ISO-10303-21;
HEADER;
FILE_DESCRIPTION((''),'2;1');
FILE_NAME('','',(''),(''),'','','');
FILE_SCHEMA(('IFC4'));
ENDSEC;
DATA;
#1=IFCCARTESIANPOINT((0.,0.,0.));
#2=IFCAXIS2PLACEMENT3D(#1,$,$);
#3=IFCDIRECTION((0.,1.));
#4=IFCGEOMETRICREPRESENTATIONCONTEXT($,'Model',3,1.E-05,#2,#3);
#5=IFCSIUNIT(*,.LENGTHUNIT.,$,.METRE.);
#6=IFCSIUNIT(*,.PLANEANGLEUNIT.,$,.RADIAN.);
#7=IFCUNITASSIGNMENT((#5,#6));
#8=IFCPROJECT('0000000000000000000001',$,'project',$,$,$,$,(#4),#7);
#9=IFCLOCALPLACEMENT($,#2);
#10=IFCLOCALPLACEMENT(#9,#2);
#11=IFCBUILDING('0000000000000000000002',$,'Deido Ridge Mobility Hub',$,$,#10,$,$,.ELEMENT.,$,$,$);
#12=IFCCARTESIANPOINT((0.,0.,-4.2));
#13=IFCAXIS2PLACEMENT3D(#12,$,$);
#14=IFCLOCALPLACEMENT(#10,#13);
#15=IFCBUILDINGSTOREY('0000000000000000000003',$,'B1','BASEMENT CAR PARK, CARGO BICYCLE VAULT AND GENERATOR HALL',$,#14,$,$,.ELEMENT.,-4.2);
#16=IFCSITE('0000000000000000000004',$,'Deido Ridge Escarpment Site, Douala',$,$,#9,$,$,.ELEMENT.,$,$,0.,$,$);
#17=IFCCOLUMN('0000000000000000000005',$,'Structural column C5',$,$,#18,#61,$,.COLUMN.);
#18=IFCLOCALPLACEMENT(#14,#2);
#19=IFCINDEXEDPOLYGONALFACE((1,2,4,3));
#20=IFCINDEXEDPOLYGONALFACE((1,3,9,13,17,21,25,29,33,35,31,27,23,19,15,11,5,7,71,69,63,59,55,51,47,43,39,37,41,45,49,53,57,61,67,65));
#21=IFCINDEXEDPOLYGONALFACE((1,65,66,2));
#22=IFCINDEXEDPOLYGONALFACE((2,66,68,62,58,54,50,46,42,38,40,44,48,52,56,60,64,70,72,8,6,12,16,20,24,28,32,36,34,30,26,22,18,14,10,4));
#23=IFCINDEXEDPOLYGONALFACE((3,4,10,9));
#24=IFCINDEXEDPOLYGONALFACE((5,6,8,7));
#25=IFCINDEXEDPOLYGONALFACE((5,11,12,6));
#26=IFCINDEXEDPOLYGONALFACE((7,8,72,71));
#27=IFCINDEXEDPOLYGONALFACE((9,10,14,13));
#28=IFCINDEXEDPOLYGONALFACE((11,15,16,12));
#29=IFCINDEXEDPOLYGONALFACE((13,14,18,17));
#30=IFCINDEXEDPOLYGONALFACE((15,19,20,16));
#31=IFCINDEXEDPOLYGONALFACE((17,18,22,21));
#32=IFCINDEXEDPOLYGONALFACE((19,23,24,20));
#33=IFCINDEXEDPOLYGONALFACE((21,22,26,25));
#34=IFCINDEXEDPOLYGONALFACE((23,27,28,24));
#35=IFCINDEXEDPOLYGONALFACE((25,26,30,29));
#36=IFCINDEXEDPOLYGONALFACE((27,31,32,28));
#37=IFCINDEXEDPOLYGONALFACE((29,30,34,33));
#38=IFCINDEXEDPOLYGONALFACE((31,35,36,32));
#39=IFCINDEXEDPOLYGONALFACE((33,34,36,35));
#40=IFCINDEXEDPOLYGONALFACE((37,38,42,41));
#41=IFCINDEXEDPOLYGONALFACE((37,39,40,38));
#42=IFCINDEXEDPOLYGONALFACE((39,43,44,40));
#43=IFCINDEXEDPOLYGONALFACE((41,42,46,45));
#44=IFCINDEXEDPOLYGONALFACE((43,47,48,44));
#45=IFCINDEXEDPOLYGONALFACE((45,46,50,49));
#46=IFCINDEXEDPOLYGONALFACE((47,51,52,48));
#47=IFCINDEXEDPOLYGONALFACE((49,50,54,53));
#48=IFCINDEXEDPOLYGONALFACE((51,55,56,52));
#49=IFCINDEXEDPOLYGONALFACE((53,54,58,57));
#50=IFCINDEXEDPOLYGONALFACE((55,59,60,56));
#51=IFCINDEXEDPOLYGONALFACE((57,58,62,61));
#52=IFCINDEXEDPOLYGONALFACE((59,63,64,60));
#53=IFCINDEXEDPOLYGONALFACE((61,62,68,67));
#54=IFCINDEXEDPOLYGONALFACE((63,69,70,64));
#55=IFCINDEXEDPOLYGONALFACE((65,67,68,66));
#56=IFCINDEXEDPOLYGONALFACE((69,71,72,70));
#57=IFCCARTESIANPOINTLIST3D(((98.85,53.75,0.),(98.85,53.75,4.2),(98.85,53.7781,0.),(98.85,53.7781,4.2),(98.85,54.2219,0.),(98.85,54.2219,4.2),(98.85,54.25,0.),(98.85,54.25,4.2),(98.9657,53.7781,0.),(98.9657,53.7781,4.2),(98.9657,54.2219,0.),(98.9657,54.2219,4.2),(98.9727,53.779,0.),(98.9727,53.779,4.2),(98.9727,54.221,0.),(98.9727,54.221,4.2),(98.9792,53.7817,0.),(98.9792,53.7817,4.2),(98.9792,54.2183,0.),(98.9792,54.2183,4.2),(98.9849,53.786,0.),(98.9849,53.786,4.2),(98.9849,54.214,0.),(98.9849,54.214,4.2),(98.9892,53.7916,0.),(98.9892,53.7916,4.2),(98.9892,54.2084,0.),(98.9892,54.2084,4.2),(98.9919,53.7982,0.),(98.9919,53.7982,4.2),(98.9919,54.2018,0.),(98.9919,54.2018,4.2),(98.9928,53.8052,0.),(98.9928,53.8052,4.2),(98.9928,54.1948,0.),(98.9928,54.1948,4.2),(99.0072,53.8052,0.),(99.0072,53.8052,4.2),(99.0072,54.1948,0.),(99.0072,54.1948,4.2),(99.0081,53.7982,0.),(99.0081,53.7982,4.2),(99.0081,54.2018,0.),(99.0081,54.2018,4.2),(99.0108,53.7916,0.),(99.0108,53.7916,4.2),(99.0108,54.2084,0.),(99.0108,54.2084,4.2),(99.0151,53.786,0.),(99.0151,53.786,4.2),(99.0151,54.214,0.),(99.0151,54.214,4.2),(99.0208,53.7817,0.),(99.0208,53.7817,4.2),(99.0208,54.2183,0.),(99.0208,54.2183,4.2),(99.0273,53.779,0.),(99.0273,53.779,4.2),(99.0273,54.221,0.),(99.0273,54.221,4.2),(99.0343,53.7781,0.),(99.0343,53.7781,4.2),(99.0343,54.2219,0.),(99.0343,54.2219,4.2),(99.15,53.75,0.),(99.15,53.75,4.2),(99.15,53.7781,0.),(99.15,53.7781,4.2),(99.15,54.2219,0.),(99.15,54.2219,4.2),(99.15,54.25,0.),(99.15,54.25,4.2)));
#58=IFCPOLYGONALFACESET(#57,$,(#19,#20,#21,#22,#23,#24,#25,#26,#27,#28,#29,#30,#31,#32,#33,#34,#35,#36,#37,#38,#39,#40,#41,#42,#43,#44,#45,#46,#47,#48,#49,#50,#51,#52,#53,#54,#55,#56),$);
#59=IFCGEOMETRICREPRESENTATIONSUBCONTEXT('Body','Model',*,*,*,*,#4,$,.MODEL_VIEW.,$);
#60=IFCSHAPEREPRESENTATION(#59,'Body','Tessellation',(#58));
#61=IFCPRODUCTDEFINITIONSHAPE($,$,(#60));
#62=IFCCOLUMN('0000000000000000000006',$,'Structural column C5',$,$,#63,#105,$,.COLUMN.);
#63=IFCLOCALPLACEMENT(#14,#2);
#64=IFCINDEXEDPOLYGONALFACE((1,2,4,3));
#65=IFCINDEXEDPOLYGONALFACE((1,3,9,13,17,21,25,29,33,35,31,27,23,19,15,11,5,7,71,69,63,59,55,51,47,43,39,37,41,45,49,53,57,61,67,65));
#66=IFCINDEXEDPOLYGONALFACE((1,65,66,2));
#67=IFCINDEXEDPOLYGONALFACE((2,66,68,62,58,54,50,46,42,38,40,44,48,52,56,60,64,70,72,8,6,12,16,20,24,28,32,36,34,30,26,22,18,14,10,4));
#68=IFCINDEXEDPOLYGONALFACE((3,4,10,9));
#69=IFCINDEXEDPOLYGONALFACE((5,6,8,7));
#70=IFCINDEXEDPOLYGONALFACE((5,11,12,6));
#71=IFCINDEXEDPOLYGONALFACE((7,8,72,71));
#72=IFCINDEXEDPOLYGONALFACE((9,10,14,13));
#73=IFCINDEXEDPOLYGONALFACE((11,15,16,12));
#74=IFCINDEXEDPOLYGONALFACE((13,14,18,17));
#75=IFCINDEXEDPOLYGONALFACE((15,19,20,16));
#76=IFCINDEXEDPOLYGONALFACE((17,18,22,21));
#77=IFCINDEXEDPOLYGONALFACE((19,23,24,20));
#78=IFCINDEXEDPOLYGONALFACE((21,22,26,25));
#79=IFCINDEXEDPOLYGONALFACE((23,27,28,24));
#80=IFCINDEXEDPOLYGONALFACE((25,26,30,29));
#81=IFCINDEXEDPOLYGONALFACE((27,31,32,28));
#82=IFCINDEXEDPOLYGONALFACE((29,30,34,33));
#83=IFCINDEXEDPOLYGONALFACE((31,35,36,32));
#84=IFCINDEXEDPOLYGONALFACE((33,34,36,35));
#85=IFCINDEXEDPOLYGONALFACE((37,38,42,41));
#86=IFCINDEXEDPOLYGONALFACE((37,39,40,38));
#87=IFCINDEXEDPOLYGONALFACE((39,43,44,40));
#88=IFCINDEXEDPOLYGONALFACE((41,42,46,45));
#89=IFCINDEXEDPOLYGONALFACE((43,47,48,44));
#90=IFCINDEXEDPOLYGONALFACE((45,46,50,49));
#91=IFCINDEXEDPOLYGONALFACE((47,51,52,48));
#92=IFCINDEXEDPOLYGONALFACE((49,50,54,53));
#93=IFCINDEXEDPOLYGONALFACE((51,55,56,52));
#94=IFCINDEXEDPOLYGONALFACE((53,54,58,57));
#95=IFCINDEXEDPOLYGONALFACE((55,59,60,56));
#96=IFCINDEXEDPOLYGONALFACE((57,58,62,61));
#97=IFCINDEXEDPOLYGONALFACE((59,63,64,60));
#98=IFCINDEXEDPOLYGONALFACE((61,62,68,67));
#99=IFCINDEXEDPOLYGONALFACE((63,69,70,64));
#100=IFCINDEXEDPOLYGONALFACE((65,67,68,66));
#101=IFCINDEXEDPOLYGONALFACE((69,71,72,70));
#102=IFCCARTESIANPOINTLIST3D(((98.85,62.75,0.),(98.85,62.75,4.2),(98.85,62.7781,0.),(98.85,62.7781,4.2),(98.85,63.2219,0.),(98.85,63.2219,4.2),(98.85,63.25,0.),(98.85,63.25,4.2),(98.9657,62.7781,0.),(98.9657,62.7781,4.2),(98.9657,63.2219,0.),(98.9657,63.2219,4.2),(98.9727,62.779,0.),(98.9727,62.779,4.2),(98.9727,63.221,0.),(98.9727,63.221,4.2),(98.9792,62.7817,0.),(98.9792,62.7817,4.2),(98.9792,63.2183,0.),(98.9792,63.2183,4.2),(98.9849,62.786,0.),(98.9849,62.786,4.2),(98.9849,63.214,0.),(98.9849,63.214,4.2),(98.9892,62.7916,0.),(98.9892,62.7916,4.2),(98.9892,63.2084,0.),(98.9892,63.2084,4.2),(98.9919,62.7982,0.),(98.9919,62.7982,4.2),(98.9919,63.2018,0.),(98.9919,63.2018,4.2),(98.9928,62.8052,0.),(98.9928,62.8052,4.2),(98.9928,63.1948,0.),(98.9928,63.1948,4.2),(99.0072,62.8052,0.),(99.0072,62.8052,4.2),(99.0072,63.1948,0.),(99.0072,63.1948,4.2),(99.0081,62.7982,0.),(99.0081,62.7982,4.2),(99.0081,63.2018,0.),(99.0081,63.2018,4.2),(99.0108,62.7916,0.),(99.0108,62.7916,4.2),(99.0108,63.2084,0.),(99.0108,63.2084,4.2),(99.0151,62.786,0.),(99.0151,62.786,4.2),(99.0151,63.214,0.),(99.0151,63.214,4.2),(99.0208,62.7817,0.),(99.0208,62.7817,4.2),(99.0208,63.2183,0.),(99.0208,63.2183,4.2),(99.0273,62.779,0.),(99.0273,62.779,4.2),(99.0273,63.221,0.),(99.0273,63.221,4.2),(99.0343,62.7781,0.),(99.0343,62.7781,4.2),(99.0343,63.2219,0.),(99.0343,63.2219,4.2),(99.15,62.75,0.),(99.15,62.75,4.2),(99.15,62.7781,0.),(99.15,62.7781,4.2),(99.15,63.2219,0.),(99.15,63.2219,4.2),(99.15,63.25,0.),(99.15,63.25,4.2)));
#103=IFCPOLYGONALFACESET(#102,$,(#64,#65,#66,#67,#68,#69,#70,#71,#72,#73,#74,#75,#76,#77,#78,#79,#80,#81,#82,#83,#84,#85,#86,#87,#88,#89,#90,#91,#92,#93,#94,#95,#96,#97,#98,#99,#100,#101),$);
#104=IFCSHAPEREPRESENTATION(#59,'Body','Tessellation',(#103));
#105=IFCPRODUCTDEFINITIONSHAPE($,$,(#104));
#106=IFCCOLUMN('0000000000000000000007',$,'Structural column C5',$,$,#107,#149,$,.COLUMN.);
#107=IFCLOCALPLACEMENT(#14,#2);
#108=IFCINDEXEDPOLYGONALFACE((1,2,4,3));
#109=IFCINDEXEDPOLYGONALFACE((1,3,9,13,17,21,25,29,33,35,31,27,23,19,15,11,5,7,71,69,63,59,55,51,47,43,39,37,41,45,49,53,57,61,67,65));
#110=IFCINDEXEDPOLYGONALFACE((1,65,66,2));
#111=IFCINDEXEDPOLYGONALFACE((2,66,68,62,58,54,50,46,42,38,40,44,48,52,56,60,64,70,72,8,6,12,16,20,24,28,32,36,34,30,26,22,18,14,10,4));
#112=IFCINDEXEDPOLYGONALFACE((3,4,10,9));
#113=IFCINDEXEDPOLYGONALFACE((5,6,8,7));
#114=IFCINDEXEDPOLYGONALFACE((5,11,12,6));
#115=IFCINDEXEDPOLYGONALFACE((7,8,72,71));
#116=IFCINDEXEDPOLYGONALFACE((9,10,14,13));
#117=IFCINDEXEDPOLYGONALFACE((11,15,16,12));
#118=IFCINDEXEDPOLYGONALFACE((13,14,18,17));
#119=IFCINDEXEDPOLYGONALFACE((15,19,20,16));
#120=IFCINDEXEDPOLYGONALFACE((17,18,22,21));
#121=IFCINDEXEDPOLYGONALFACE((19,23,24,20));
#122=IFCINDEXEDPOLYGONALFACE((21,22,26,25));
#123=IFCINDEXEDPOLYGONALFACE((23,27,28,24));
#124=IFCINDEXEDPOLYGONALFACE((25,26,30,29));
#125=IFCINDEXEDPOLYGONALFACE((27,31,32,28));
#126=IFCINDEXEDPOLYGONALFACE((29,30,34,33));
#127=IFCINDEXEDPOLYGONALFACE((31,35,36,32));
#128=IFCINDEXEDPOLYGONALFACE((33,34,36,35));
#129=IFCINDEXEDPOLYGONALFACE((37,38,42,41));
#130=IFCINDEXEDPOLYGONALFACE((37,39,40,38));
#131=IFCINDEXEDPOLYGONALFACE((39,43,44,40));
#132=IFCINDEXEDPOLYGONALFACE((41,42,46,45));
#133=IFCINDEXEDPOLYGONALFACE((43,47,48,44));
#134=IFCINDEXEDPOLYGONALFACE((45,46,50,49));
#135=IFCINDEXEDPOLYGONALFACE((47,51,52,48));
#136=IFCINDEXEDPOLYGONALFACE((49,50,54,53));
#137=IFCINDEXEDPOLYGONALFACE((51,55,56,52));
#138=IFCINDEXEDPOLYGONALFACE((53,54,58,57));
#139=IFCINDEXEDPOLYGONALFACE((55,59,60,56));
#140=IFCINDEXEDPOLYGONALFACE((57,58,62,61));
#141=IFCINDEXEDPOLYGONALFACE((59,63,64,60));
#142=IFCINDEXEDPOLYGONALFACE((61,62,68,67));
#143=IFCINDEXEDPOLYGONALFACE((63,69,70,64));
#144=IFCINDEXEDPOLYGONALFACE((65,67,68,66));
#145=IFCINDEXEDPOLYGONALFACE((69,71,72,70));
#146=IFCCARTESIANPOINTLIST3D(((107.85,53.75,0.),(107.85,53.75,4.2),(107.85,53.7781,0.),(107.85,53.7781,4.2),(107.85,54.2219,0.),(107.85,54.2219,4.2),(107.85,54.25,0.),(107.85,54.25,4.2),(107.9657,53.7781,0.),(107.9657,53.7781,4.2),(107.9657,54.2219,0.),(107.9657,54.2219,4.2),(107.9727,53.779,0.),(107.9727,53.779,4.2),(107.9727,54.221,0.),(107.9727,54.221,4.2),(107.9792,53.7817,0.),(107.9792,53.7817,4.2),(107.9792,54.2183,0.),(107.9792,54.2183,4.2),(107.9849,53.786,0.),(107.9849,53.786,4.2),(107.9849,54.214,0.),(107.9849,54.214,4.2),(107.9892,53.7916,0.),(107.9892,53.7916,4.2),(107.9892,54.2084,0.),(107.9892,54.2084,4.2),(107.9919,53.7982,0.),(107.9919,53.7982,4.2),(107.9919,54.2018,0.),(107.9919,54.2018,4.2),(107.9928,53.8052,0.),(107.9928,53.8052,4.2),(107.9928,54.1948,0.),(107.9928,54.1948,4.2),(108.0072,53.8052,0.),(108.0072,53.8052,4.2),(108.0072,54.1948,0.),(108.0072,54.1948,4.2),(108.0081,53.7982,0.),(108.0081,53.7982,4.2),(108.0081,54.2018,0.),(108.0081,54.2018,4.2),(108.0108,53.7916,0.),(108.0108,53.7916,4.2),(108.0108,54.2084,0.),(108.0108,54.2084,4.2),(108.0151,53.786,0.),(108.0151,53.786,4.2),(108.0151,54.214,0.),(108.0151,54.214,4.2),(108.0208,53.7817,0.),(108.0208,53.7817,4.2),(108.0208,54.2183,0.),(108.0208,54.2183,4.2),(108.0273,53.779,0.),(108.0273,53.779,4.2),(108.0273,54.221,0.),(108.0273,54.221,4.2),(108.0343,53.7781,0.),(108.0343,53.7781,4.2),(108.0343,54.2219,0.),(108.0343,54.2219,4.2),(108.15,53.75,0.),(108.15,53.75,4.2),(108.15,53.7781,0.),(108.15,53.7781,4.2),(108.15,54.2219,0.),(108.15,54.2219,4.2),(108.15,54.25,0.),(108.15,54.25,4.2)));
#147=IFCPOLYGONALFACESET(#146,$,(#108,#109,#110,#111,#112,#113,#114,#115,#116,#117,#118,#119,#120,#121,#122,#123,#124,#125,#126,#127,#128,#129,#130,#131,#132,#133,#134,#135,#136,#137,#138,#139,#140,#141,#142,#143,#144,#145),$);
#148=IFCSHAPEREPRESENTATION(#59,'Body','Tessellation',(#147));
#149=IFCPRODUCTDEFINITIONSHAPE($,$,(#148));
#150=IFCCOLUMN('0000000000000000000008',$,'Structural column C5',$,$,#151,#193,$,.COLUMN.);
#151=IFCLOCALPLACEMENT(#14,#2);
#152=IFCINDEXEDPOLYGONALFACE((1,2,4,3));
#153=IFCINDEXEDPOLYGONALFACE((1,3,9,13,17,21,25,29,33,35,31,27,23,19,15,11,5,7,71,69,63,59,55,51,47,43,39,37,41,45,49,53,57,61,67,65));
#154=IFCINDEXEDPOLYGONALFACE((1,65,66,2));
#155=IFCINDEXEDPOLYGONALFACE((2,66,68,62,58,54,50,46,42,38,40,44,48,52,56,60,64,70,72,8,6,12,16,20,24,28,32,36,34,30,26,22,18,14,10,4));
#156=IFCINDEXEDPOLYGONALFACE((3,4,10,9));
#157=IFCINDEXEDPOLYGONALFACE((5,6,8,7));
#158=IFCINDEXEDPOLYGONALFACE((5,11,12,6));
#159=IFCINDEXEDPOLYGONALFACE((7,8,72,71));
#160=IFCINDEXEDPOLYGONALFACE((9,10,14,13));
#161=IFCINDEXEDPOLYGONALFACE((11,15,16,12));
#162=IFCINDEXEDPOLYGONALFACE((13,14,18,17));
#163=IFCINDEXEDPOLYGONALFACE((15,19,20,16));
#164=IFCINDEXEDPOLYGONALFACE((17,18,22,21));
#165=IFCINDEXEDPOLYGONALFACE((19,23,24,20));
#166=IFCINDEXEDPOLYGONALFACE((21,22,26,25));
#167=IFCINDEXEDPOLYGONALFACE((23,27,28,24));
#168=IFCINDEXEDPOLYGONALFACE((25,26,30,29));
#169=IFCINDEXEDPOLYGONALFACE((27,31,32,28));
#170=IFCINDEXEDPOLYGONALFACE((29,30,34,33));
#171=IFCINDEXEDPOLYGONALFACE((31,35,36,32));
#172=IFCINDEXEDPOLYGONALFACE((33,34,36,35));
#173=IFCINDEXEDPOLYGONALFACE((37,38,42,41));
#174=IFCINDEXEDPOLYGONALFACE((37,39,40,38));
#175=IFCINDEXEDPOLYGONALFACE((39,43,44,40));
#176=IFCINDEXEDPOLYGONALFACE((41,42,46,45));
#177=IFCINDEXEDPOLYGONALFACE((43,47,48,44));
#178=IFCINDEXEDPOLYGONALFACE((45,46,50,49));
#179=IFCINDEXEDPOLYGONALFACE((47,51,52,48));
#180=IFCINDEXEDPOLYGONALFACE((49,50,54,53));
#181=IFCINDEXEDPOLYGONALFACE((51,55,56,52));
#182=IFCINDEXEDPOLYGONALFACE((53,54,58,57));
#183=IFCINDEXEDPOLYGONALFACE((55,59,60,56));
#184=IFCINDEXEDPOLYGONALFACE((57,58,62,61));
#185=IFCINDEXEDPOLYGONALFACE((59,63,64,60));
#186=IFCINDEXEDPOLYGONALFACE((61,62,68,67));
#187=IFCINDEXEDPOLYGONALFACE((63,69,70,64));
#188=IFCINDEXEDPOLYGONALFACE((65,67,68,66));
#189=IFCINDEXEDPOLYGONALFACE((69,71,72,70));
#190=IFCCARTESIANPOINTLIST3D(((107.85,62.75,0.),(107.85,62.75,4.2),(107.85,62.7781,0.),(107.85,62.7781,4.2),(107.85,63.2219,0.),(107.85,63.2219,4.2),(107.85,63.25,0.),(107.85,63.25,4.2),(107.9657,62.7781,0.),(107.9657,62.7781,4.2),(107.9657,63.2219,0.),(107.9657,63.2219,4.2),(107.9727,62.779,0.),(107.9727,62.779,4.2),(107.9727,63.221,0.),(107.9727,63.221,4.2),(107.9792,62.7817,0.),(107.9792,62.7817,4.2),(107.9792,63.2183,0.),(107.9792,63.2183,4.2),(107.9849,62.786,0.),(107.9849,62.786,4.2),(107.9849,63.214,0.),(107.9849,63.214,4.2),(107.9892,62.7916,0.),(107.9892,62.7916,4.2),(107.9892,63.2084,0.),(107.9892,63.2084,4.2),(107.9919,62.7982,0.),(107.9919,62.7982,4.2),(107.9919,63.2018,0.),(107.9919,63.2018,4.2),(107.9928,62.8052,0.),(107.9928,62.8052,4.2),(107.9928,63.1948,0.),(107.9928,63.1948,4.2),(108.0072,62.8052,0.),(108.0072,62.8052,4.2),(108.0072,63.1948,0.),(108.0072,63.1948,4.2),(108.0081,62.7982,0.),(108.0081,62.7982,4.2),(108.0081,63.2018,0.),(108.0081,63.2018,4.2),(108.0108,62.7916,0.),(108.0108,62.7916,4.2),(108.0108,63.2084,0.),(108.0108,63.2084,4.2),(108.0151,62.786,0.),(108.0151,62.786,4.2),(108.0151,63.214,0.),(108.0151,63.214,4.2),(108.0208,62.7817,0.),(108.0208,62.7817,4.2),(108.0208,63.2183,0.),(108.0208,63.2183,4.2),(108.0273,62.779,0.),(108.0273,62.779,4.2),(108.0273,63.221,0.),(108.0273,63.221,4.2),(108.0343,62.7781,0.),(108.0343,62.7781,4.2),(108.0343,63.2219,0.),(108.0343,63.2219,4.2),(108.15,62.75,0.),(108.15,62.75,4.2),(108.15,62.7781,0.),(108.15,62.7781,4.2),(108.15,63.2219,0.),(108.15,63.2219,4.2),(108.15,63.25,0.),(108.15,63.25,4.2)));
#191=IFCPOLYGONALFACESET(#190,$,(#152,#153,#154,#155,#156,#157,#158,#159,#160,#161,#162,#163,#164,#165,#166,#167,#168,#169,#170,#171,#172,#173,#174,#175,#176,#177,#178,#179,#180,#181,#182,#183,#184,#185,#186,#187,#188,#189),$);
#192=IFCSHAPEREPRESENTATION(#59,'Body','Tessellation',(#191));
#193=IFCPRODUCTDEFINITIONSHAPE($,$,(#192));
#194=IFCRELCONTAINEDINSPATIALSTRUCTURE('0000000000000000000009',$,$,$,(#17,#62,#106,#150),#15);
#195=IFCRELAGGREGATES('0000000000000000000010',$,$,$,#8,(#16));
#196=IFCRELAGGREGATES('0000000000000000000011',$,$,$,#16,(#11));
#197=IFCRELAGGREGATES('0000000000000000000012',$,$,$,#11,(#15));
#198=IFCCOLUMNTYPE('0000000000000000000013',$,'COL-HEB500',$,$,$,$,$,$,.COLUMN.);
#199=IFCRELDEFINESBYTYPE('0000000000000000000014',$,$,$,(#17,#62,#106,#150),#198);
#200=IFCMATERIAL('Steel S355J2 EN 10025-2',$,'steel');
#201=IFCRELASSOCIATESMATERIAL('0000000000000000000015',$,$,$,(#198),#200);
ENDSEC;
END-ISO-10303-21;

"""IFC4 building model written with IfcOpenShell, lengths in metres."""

from ifc_helpers import new_model, si_unit, direction, frame, origin, origin_2d, place, context, subcontext, project, spatial, i_section, extrude, material, material_profile, profile_set, type_object, element, save


model = new_model("IFC4")

# Units and contexts
model_context = context("Model", 3, precision=1e-05, world=origin(), true_north=direction((0.0, 1.0)))
body_context = subcontext(model_context, "Body", "Model", "MODEL_VIEW")
ifc_project = project(units=[si_unit("LENGTHUNIT", "METRE"), si_unit("PLANEANGLEUNIT", "RADIAN")], contexts=[model_context])

# Site, building, storey
site_placement = place(None, origin())
site = spatial("IfcSite", under=ifc_project, at=site_placement, Name="Deido Ridge Escarpment Site, Douala", CompositionType="ELEMENT", RefElevation=0.0)
building_placement = place(site_placement, origin())
building = spatial("IfcBuilding", under=site, at=building_placement, Name="Deido Ridge Mobility Hub", CompositionType="ELEMENT")
storey_placement = place(building_placement, frame((0.0, 0.0, -4.2)))
storey = spatial("IfcBuildingStorey", under=building, at=storey_placement, Name="B1", Description="BASEMENT CAR PARK, CARGO BICYCLE VAULT AND GENERATOR HALL", CompositionType="ELEMENT", Elevation=-4.2)

# Columns
ifc_material_1 = material(Name="Steel S355J2 EN 10025-2", Category="steel")
ifc_material_profile_1 = material_profile(ifc_material_1, i_section(OverallWidth=0.3, OverallDepth=0.5, WebThickness=0.0144, FlangeThickness=0.0281, FilletRadius=0.0271, at=origin_2d()), Name="HEB 500")
ifc_profile_set_1 = profile_set([ifc_material_profile_1], Name="Steel S355J2 EN 10025-2")
column_type = type_object("IfcColumnType", Name="COL-HEB500", PredefinedType="COLUMN", material=ifc_profile_set_1)
for number, where, z_axis, x_axis, name in (
    (1, (99.0, 54.0, 0.0), (0.0, 0.0, 1.0), (1.0, 0.0, 0.0), "Structural column C5"),
    (2, (99.0, 63.0, 0.0), (0.0, 0.0, 1.0), (1.0, 0.0, 0.0), "Structural column C5"),
    (3, (108.0, 54.0, 0.0), (0.0, 0.0, 1.0), (1.0, 0.0, 0.0), "Structural column C5"),
    (4, (108.0, 63.0, 0.0), (0.0, 0.0, 1.0), (1.0, 0.0, 0.0), "Structural column C5"),
):
    element("IfcColumn", number, at=place(storey_placement, frame(where, z_axis=z_axis, x_axis=x_axis)), inside=storey, type_object=column_type, Name=name, PredefinedType="COLUMN", context=body_context, shape_type="SweptSolid", body=[
        extrude(i_section(OverallWidth=0.3, OverallDepth=0.5, WebThickness=0.0144, FlangeThickness=0.0281, FilletRadius=0.0271, at=origin_2d()), origin(), (0.0, 0.0, 1.0), 4.2),
    ])

save(model, "model.ifc")
